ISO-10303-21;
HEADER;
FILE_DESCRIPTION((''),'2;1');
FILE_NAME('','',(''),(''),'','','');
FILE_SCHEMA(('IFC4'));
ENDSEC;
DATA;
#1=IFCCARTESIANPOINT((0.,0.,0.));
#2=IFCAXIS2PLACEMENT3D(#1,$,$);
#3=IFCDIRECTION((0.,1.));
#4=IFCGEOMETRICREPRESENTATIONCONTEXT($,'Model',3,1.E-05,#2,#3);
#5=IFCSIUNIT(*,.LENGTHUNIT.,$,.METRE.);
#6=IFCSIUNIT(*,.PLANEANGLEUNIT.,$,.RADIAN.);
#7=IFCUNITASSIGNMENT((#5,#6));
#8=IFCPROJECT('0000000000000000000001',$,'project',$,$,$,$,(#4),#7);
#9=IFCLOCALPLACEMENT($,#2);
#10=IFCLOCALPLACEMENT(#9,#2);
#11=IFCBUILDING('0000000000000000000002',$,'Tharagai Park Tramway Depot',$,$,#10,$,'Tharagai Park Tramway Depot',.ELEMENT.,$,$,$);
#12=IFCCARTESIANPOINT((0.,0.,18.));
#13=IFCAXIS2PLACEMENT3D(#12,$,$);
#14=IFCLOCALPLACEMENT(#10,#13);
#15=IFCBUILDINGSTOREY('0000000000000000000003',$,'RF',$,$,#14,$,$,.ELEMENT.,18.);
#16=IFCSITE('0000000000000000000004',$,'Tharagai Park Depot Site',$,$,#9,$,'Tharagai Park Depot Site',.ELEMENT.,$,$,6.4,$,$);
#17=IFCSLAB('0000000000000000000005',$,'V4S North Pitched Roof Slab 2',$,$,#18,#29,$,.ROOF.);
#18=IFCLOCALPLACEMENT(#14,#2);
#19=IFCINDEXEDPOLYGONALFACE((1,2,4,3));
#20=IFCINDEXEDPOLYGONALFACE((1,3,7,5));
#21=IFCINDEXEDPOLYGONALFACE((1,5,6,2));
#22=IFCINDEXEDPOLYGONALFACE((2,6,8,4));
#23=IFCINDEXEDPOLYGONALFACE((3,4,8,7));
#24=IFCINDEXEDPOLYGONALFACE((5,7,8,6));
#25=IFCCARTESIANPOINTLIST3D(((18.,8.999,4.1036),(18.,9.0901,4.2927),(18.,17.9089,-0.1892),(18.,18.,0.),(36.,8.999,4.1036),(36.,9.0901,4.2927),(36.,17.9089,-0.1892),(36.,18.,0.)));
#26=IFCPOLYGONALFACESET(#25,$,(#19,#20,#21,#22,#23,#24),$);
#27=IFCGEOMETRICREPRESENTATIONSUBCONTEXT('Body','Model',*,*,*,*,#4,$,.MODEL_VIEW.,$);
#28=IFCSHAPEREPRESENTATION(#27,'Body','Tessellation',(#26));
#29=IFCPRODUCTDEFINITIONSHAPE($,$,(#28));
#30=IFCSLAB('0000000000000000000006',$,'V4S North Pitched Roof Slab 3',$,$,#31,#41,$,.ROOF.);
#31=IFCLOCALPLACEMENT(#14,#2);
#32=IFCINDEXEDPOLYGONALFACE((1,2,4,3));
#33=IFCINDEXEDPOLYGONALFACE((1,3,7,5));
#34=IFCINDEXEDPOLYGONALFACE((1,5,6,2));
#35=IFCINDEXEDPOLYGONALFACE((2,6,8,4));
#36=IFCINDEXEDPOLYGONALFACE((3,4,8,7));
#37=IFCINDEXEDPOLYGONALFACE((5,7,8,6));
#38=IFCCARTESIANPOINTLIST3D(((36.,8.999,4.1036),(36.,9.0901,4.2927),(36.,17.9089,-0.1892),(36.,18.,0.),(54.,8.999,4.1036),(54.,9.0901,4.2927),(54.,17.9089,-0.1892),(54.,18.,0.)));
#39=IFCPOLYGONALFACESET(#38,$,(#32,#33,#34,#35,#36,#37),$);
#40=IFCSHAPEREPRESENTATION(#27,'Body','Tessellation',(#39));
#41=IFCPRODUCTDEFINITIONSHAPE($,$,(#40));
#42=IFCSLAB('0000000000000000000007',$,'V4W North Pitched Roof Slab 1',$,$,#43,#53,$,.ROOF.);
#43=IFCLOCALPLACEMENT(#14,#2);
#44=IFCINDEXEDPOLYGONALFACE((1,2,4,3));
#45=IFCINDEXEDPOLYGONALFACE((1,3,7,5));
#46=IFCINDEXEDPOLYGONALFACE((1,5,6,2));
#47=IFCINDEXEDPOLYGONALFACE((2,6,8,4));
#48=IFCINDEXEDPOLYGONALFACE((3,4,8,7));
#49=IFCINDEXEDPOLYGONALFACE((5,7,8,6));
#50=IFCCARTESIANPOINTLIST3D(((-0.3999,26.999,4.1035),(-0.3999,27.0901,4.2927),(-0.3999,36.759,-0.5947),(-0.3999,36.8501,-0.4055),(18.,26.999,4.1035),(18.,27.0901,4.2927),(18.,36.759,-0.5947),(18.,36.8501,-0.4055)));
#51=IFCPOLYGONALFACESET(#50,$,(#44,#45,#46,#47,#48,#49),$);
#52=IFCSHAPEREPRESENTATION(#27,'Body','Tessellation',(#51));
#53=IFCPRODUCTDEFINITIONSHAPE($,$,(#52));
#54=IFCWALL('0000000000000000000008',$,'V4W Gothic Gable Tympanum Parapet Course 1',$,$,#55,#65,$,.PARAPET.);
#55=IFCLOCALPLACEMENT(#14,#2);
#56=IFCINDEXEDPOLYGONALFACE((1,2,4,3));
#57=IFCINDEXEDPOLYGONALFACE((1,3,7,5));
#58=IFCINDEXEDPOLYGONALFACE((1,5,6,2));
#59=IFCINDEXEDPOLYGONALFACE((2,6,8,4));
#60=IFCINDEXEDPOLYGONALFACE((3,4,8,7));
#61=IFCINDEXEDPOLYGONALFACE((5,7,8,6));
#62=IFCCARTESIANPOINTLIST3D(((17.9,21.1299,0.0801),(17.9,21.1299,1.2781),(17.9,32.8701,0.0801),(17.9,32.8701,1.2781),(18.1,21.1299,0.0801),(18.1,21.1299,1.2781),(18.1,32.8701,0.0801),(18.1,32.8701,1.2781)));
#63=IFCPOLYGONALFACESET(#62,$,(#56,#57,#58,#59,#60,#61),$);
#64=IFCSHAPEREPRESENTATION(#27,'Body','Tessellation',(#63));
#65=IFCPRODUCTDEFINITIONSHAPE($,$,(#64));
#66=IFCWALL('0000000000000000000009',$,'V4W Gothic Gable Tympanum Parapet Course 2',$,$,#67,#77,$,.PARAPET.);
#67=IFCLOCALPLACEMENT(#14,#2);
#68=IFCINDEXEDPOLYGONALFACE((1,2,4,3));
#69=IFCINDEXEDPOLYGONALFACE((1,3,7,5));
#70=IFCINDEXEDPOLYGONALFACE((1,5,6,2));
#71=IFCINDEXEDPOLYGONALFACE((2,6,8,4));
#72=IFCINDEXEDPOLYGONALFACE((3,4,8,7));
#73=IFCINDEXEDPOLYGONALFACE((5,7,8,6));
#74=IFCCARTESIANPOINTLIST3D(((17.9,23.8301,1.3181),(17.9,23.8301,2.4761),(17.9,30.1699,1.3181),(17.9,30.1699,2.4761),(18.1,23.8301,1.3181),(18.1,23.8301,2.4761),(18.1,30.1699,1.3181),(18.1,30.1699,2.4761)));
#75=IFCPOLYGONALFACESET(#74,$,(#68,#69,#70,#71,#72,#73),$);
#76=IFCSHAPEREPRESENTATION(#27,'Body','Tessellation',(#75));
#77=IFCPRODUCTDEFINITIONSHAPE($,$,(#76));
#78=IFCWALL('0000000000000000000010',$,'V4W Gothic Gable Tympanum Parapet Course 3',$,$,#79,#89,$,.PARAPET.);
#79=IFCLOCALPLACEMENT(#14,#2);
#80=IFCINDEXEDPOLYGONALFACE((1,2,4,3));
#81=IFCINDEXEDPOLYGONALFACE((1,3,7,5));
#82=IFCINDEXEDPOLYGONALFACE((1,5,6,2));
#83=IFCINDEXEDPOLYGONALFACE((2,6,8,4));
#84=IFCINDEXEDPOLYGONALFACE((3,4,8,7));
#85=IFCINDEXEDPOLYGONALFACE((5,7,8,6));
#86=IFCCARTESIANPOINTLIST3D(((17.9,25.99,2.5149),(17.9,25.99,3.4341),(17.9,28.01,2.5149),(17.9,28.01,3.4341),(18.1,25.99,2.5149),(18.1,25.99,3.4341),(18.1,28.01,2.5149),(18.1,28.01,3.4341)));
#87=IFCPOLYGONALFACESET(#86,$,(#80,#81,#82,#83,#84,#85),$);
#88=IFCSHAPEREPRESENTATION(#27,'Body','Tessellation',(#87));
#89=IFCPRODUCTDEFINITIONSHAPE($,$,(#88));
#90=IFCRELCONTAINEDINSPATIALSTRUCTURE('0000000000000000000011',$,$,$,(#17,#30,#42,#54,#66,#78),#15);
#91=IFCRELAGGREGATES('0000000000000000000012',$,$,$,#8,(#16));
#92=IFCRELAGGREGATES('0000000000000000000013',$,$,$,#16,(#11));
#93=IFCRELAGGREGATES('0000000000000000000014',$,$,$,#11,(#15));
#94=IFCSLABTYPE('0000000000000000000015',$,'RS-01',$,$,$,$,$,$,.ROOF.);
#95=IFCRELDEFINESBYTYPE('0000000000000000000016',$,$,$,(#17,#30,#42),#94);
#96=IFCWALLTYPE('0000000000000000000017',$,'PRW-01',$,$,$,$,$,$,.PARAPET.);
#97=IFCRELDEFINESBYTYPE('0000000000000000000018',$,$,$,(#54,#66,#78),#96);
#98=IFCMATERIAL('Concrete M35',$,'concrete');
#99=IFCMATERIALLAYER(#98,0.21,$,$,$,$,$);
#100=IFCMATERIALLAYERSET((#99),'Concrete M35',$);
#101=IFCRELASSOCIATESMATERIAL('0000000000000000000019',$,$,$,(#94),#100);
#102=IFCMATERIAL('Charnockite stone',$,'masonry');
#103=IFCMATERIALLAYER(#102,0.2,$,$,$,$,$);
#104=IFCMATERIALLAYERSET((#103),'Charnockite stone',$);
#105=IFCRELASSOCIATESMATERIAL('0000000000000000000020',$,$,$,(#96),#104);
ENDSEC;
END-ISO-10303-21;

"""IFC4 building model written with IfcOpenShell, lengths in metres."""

from ifc_helpers import new_model, si_unit, direction, frame, frame_2d, origin, place, context, subcontext, project, spatial, polyline, rectangle, outline, extrude, material, layer, layer_set, type_object, element, save


model = new_model("IFC4")

# Units and contexts
model_context = context("Model", 3, precision=1e-05, world=origin(), true_north=direction((0.0, 1.0)))
body_context = subcontext(model_context, "Body", "Model", "MODEL_VIEW")
ifc_project = project(units=[si_unit("LENGTHUNIT", "METRE"), si_unit("PLANEANGLEUNIT", "RADIAN")], contexts=[model_context])

# Site, building, storey
site_placement = place(None, origin())
site = spatial("IfcSite", under=ifc_project, at=site_placement, Name="Tharagai Park Depot Site", LongName="Tharagai Park Depot Site", CompositionType="ELEMENT", RefElevation=6.4)
building_placement = place(site_placement, origin())
building = spatial("IfcBuilding", under=site, at=building_placement, Name="Tharagai Park Tramway Depot", LongName="Tharagai Park Tramway Depot", CompositionType="ELEMENT")
storey_placement = place(building_placement, frame((0.0, 0.0, 18.0)))
storey = spatial("IfcBuildingStorey", under=building, at=storey_placement, Name="RF", CompositionType="ELEMENT", Elevation=18.0)

# Slabs
ifc_material_1 = material(Name="Concrete M35", Category="concrete")
ifc_layer_1 = layer(ifc_material_1, 0.21)
ifc_layer_set_1 = layer_set([ifc_layer_1], Name="Concrete M35")
slab_type = type_object("IfcSlabType", Name="RS-01", PredefinedType="ROOF", material=ifc_layer_set_1)
for number, where, z_axis, x_axis, name in (
    (1, (36.0, 18.0, 0.0), (0.0, 0.434043, 0.900892), (-1.0, 0.0, 0.0), "V4S North Pitched Roof Slab 2"),
    (2, (54.0, 18.0, 0.0), (0.0, 0.434043, 0.900892), (-1.0, 0.0, 0.0), "V4S North Pitched Roof Slab 3"),
):
    element("IfcSlab", number, at=place(storey_placement, frame(where, z_axis=z_axis, x_axis=x_axis)), inside=storey, type_object=slab_type, Name=name, PredefinedType="ROOF", context=body_context, shape_type="SweptSolid", body=[
        extrude(outline(polyline([(0.0, 0.0), (18.0, 0.0), (18.0, 9.8901), (0.0, 9.8901), (0.0, 0.0)])), origin(), (0.0, 0.0, -1.0), 0.21),
    ])
slab_placement = place(storey_placement, frame((18.0, 36.8501, -0.4055), z_axis=(0.0, 0.433739, 0.901039), x_axis=(-1.0, 0.0, 0.0)))
element("IfcSlab", 3, at=slab_placement, inside=storey, type_object=slab_type, Name="V4W North Pitched Roof Slab 1", PredefinedType="ROOF", context=body_context, shape_type="SweptSolid", body=[
    extrude(outline(polyline([(0.0, 0.0), (18.3999, 0.0), (18.3999, 10.832), (0.0, 10.832), (0.0, 0.0)])), origin(), (0.0, 0.0, -1.0), 0.21),
])

# Walls
ifc_material_2 = material(Name="Charnockite stone", Category="masonry")
ifc_layer_2 = layer(ifc_material_2, 0.2)
ifc_layer_set_2 = layer_set([ifc_layer_2], Name="Charnockite stone")
wall_type = type_object("IfcWallType", Name="PRW-01", PredefinedType="PARAPET", material=ifc_layer_set_2)
wall_1_placement = place(storey_placement, frame((18.0, 21.1299, 0.0801), z_axis=(0.0, 0.0, 1.0), x_axis=(0.0, 1.0, 0.0)))
element("IfcWall", 4, at=wall_1_placement, inside=storey, type_object=wall_type, Name="V4W Gothic Gable Tympanum Parapet Course 1", PredefinedType="PARAPET", context=body_context, shape_type="SweptSolid", body=[
    extrude(rectangle(XDim=11.7402, YDim=0.2, at=frame_2d((5.8701, 0.0))), origin(), (0.0, 0.0, 1.0), 1.198),
])
wall_2_placement = place(storey_placement, frame((18.0, 23.8301, 1.3181), z_axis=(0.0, 0.0, 1.0), x_axis=(0.0, 1.0, 0.0)))
element("IfcWall", 5, at=wall_2_placement, inside=storey, type_object=wall_type, Name="V4W Gothic Gable Tympanum Parapet Course 2", PredefinedType="PARAPET", context=body_context, shape_type="SweptSolid", body=[
    extrude(rectangle(XDim=6.3398, YDim=0.2, at=frame_2d((3.1699, 0.0))), origin(), (0.0, 0.0, 1.0), 1.158),
])
wall_3_placement = place(storey_placement, frame((18.0, 25.99, 2.5149), z_axis=(0.0, 0.0, 1.0), x_axis=(0.0, 1.0, 0.0)))
element("IfcWall", 6, at=wall_3_placement, inside=storey, type_object=wall_type, Name="V4W Gothic Gable Tympanum Parapet Course 3", PredefinedType="PARAPET", context=body_context, shape_type="SweptSolid", body=[
    extrude(rectangle(XDim=2.02, YDim=0.2, at=frame_2d((1.01, 0.0))), origin(), (0.0, 0.0, 1.0), 0.9192),
])

save(model, "model.ifc")
